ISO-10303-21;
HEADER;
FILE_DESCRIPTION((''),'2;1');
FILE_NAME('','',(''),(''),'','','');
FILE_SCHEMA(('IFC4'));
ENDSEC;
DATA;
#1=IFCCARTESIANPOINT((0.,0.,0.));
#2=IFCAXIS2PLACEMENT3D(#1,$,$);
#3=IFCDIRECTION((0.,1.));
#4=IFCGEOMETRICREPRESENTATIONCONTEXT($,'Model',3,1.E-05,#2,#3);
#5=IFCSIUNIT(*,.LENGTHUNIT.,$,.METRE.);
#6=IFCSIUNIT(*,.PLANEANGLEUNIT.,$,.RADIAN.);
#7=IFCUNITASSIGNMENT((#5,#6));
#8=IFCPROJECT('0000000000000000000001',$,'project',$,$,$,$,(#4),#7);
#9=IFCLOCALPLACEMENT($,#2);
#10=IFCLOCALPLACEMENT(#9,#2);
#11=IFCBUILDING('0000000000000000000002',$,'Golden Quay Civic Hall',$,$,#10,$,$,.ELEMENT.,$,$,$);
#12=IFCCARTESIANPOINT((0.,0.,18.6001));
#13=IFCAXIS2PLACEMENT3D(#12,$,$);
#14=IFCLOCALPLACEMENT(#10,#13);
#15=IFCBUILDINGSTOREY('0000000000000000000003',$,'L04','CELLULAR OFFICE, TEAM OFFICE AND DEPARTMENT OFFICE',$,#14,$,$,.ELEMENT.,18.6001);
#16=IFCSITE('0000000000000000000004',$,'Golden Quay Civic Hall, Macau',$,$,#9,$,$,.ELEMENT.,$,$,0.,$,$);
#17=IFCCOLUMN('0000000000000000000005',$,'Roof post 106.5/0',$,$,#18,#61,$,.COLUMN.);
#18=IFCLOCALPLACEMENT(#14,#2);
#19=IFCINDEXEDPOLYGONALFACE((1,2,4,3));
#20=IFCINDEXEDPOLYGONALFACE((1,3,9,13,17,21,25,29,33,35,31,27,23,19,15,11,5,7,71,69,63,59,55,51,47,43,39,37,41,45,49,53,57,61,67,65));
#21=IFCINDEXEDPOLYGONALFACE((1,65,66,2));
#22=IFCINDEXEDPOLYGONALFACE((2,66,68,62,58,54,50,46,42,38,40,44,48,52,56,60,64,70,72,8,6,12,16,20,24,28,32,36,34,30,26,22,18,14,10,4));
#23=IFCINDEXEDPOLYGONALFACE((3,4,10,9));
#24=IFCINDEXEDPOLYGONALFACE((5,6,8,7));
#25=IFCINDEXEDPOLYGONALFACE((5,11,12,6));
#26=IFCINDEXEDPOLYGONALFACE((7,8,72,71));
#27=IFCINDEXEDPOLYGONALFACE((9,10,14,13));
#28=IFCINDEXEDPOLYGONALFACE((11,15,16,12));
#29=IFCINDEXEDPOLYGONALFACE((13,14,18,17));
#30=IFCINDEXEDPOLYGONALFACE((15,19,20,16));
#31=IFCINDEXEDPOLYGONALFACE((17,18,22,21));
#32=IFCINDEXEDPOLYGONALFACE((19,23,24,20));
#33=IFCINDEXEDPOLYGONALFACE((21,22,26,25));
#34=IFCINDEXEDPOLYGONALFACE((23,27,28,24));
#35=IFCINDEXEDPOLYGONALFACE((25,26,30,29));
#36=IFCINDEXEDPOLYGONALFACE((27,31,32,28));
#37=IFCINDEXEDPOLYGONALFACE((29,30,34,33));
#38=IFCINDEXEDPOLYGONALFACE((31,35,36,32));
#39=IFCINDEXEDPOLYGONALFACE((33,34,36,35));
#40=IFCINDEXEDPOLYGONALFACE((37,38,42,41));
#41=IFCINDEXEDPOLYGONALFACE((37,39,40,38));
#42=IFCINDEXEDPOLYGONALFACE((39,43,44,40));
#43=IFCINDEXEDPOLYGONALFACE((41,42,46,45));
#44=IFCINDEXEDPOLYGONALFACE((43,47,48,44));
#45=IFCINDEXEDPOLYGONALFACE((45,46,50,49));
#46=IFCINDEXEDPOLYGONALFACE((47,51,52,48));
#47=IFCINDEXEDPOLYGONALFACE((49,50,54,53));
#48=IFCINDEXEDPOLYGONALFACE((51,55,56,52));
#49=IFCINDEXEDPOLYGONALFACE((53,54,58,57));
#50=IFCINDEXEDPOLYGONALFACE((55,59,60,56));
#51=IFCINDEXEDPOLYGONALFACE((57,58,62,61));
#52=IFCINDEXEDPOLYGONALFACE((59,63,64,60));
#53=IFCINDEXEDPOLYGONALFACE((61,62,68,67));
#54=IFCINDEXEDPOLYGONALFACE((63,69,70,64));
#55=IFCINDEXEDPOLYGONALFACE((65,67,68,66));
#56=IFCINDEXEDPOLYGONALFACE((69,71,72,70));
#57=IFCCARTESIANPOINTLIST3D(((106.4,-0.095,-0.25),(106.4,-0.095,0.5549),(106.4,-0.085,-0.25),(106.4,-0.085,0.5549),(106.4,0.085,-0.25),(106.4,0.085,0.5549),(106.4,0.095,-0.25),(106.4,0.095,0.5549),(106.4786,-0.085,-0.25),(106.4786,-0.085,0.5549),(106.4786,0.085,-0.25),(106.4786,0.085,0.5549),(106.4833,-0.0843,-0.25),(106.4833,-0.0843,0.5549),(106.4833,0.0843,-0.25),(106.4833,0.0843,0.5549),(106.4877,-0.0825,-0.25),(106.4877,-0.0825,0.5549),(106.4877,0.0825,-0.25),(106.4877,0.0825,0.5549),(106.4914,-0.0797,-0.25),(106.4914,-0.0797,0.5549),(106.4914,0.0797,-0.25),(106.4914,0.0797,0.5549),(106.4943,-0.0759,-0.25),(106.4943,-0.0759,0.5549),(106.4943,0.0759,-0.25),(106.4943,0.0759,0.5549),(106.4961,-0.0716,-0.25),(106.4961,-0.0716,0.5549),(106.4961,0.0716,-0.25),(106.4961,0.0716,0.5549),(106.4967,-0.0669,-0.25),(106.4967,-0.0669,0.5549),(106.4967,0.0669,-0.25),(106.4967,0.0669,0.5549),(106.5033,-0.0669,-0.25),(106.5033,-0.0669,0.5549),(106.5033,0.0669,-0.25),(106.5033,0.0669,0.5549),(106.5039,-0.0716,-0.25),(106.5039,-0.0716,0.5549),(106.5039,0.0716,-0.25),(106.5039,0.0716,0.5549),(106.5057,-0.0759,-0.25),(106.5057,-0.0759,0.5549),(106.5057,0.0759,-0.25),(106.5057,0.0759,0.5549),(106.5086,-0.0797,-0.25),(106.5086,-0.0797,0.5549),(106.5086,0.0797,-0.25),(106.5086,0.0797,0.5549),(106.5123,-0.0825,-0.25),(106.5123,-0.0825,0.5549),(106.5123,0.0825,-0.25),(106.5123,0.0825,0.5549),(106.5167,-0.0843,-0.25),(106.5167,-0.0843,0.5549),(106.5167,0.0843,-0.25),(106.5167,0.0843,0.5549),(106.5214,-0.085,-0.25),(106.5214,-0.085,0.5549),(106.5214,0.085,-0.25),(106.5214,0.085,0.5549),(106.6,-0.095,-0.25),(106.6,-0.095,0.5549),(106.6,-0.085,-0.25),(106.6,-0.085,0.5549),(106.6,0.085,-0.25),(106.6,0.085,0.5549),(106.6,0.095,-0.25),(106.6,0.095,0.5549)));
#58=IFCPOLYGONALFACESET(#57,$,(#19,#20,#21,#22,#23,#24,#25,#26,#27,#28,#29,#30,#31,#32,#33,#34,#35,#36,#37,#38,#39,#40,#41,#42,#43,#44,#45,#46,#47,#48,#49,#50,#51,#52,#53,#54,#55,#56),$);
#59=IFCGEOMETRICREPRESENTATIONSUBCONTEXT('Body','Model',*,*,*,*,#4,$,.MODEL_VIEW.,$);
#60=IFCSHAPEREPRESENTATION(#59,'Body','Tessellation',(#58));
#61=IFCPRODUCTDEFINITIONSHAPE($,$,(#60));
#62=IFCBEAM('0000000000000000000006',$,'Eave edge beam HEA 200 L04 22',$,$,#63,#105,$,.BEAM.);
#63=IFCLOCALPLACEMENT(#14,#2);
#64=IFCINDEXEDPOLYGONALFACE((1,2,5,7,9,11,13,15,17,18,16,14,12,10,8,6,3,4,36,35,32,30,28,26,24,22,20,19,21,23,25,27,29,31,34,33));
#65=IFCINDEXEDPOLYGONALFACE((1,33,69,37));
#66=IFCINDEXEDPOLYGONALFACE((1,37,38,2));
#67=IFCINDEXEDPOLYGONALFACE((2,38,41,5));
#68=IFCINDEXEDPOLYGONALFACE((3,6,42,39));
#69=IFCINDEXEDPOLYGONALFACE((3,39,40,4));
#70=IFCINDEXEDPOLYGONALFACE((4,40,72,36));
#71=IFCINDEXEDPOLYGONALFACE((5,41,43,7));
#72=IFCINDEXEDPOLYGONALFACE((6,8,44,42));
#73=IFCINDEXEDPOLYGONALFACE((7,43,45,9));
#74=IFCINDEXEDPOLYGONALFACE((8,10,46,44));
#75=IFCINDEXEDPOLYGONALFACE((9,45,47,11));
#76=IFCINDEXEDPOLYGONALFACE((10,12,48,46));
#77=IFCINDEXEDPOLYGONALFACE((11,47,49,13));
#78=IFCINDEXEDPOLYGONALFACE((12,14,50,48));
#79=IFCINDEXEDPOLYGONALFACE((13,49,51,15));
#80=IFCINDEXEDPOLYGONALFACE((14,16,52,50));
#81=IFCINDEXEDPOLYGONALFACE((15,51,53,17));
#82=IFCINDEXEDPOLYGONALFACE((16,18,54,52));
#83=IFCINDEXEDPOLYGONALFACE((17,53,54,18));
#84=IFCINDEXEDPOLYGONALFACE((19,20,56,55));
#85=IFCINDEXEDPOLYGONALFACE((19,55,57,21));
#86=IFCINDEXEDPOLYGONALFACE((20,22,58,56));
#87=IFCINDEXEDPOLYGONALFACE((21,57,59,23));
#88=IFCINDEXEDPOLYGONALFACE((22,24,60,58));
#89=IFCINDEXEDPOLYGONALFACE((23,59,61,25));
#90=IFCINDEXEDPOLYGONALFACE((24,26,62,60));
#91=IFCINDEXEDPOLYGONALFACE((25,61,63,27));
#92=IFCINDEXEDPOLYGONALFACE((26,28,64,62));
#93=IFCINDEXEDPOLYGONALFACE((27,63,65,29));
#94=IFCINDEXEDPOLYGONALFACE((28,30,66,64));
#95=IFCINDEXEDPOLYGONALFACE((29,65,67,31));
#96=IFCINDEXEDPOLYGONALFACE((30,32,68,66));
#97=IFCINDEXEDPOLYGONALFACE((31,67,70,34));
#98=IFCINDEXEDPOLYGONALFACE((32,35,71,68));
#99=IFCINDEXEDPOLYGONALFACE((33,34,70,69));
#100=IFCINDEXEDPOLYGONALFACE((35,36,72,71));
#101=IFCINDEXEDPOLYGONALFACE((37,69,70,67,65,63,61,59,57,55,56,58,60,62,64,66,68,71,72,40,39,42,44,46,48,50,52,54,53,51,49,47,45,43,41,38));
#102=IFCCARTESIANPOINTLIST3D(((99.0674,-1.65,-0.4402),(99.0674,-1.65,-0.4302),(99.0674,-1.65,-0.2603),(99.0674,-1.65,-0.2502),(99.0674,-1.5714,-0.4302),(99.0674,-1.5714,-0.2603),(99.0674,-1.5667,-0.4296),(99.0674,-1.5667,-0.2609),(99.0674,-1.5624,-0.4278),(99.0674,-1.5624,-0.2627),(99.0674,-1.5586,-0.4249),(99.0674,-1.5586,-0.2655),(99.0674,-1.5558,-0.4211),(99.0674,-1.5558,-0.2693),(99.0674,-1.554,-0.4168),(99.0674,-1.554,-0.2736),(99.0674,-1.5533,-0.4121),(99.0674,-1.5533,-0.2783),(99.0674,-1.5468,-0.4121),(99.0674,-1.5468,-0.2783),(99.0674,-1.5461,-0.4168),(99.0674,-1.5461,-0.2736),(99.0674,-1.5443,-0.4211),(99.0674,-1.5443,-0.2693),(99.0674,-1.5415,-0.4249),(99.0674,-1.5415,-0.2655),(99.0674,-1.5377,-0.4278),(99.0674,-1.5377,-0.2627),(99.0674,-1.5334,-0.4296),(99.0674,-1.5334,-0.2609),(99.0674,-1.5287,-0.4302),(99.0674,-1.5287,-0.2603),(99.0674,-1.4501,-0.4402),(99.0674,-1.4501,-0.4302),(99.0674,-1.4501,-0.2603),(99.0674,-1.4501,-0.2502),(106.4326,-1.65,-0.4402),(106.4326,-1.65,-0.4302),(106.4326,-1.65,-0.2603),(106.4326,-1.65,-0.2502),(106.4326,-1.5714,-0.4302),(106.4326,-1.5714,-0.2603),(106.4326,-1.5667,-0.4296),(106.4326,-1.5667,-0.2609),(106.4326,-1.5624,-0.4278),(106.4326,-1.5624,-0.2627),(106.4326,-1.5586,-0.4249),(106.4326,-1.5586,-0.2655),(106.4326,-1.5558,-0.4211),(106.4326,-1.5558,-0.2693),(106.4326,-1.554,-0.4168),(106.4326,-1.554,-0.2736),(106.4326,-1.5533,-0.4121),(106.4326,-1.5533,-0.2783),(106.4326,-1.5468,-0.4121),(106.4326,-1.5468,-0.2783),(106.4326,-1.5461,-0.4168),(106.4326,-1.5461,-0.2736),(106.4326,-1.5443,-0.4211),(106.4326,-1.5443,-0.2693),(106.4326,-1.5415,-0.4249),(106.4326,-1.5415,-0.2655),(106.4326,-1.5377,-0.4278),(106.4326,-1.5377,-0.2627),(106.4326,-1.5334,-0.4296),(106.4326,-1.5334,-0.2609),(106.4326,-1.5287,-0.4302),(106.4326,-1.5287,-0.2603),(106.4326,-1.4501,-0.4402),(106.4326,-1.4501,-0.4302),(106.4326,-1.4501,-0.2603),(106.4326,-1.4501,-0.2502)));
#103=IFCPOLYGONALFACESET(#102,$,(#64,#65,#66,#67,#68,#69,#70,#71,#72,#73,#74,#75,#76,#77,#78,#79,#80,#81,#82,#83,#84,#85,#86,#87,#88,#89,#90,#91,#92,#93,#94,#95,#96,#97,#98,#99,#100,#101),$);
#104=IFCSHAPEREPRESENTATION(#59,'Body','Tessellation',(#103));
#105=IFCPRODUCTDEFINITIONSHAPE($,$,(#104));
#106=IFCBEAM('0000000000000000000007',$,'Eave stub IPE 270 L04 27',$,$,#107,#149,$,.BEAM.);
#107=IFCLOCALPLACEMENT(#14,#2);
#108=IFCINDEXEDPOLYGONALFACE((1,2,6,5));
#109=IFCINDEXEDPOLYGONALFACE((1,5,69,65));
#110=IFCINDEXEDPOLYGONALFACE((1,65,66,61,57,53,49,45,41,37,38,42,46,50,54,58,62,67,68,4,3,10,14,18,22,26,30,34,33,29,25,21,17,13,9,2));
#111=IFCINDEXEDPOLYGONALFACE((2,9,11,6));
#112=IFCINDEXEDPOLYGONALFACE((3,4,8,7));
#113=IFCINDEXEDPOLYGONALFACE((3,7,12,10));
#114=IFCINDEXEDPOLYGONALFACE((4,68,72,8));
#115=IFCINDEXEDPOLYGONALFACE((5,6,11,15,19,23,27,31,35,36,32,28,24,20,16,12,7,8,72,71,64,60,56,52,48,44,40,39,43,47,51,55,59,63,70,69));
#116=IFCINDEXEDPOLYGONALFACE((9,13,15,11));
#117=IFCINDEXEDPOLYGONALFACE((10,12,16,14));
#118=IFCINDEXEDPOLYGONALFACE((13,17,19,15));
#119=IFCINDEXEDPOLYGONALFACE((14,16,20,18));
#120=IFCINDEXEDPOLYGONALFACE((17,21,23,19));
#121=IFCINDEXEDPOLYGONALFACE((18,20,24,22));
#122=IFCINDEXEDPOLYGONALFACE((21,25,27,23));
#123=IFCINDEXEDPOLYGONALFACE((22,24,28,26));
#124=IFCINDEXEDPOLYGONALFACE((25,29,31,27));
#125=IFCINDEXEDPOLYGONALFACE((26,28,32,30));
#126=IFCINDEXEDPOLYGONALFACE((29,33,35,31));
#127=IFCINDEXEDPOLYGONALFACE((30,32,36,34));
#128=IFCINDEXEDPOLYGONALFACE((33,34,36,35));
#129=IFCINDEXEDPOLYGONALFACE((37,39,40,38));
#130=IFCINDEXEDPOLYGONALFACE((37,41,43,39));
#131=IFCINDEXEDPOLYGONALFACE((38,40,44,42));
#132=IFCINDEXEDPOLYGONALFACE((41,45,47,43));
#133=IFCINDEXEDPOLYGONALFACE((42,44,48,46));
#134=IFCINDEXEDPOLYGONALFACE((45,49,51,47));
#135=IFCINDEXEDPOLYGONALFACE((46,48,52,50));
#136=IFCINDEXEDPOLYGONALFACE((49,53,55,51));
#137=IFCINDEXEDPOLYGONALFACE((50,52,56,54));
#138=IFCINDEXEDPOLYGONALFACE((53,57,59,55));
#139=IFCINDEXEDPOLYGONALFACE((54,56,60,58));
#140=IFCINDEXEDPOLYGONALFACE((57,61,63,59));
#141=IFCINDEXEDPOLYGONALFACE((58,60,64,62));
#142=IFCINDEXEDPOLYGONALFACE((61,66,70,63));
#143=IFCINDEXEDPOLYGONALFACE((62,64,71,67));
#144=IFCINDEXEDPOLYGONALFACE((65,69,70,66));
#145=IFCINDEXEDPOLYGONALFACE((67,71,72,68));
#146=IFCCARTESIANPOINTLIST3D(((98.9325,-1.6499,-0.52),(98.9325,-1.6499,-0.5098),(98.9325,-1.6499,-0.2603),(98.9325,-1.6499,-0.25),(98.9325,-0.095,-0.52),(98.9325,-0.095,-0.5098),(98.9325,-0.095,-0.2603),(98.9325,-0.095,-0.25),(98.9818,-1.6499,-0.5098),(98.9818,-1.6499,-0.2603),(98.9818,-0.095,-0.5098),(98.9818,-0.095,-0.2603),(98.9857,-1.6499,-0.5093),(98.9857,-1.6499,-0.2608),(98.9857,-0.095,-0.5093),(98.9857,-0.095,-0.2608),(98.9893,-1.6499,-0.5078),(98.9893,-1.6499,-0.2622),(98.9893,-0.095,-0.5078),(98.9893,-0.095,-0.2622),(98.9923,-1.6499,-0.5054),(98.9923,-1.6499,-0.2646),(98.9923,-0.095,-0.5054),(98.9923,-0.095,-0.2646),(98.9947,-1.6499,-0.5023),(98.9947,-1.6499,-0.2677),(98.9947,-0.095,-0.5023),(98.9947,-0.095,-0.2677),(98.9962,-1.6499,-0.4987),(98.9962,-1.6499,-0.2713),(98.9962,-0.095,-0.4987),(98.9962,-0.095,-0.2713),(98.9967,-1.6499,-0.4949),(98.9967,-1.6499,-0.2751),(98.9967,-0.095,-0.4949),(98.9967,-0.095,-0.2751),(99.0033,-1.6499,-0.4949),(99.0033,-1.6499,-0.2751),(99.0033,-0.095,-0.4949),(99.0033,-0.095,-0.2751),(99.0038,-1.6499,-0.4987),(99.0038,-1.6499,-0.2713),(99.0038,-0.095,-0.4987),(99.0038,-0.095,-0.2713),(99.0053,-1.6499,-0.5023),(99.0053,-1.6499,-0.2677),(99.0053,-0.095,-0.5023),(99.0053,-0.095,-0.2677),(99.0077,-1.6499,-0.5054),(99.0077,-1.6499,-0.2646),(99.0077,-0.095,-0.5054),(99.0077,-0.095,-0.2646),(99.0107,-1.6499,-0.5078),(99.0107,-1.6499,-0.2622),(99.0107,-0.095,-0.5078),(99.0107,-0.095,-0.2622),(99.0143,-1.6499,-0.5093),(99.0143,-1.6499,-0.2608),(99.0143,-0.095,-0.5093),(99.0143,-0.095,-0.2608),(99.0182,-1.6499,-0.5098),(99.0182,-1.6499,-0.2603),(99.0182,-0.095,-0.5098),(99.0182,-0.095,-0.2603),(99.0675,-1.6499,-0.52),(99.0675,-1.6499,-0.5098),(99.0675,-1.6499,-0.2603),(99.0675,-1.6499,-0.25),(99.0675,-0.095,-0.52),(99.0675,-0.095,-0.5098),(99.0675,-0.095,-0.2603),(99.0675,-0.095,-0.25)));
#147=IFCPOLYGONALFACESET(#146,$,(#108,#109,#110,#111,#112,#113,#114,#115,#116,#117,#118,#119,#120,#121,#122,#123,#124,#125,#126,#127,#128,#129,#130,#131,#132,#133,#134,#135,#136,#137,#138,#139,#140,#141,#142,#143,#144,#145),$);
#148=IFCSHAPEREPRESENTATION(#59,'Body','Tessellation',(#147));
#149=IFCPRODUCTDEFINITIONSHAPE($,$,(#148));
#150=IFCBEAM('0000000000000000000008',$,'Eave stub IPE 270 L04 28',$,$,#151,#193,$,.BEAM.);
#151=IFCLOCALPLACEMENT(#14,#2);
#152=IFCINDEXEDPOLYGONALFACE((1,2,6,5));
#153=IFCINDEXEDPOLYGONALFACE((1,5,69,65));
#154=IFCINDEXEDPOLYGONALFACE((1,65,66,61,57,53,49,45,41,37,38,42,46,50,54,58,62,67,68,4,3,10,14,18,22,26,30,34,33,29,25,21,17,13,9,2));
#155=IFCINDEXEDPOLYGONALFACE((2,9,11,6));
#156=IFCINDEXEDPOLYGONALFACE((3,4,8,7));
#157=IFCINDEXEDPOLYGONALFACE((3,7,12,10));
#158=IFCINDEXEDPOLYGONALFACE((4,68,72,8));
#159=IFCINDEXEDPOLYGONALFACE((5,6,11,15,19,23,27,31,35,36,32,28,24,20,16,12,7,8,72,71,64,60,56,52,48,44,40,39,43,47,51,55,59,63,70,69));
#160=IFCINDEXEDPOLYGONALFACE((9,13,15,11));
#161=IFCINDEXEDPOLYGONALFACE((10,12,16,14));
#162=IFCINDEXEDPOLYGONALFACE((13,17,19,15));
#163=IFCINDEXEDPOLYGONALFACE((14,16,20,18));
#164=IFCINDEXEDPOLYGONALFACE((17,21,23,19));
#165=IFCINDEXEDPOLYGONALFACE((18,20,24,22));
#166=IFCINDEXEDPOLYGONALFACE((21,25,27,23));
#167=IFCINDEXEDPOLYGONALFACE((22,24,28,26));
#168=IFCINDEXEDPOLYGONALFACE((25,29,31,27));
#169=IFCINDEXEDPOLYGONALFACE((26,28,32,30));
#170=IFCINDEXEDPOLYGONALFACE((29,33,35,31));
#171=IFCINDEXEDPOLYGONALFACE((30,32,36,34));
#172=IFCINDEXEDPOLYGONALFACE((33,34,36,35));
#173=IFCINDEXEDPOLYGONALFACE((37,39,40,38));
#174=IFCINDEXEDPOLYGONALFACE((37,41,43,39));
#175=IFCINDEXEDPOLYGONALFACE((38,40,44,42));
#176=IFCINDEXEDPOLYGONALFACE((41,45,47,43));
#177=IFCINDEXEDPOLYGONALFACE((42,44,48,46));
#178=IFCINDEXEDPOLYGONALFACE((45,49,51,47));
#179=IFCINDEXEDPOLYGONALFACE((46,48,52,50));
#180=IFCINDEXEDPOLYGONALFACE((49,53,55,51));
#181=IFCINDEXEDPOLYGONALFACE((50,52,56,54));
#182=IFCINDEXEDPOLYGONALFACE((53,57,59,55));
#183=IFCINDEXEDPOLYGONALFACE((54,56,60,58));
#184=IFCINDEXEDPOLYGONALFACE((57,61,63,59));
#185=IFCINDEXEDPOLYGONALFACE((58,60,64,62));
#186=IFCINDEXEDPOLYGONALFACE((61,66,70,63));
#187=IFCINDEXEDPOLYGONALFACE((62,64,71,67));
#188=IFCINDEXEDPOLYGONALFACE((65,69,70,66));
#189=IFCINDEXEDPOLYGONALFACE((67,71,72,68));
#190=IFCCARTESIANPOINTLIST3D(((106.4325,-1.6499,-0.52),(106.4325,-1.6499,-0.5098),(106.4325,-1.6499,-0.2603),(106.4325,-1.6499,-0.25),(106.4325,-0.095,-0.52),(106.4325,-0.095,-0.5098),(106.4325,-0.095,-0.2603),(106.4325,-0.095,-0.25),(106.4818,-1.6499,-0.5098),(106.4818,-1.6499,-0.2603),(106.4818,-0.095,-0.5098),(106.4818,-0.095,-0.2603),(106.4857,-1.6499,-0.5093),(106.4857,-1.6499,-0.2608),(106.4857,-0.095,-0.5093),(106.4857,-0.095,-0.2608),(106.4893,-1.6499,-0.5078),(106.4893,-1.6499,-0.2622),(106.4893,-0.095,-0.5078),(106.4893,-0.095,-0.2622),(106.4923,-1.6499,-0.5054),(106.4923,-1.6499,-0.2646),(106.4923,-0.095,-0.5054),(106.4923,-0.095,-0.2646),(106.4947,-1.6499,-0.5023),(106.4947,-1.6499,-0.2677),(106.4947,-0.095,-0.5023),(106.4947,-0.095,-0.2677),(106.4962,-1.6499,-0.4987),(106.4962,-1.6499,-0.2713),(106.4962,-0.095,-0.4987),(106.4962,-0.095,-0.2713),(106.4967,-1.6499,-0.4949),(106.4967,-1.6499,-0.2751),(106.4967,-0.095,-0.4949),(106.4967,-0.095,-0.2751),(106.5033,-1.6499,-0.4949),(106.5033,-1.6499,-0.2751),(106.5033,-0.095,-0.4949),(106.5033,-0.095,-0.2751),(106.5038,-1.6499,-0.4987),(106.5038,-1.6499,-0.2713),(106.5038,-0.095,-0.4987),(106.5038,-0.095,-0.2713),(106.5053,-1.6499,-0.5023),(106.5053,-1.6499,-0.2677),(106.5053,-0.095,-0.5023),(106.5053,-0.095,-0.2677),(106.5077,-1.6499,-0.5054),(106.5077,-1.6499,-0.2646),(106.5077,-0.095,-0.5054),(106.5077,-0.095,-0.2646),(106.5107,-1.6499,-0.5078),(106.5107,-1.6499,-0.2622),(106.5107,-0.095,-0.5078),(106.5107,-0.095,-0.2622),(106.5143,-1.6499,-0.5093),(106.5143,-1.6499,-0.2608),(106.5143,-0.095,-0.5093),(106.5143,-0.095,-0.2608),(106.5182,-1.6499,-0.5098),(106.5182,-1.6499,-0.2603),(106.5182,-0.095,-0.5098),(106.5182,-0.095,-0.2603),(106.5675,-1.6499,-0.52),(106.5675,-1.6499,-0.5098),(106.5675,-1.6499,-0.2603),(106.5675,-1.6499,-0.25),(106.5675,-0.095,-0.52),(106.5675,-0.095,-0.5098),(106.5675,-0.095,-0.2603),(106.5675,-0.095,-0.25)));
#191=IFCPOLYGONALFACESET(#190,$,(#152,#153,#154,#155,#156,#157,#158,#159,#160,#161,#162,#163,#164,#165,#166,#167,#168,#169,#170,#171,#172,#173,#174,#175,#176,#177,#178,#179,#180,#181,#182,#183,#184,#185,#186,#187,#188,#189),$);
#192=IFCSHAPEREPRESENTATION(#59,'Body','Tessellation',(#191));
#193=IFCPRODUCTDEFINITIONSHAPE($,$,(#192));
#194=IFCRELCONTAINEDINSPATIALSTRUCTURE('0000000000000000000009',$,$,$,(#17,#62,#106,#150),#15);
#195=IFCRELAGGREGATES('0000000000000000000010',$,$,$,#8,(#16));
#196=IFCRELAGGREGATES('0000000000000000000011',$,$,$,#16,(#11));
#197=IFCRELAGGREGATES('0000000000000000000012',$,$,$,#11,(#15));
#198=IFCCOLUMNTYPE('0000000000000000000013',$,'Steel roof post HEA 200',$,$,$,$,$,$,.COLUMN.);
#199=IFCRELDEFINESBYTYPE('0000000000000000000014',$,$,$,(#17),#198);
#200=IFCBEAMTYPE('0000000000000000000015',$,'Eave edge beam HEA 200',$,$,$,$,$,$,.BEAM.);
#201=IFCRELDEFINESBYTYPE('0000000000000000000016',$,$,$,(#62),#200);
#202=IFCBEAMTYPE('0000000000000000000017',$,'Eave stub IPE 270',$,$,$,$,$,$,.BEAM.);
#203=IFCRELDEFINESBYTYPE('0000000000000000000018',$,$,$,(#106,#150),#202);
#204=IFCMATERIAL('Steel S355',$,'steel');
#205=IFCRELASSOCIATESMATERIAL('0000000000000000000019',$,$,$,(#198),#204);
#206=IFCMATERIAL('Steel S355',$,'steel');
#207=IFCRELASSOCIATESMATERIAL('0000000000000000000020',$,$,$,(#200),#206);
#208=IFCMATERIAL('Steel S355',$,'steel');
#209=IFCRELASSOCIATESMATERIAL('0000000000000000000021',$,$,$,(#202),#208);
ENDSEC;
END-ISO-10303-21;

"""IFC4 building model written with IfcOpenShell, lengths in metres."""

from ifc_helpers import new_model, si_unit, direction, frame, origin, origin_2d, place, context, subcontext, project, spatial, i_section, extrude, material, material_profile, profile_set, type_object, element, save


model = new_model("IFC4")

# Units and contexts
model_context = context("Model", 3, precision=1e-05, world=origin(), true_north=direction((0.0, 1.0)))
body_context = subcontext(model_context, "Body", "Model", "MODEL_VIEW")
ifc_project = project(units=[si_unit("LENGTHUNIT", "METRE"), si_unit("PLANEANGLEUNIT", "RADIAN")], contexts=[model_context])

# Site, building, storey
site_placement = place(None, origin())
site = spatial("IfcSite", under=ifc_project, at=site_placement, Name="Golden Quay Civic Hall, Macau", CompositionType="ELEMENT", RefElevation=0.0)
building_placement = place(site_placement, origin())
building = spatial("IfcBuilding", under=site, at=building_placement, Name="Golden Quay Civic Hall", CompositionType="ELEMENT")
storey_placement = place(building_placement, frame((0.0, 0.0, 18.6001)))
storey = spatial("IfcBuildingStorey", under=building, at=storey_placement, Name="L04", Description="CELLULAR OFFICE, TEAM OFFICE AND DEPARTMENT OFFICE", CompositionType="ELEMENT", Elevation=18.6001)

# Column
ifc_material_1 = material(Name="Steel S355", Category="steel")
ifc_material_profile_1 = material_profile(ifc_material_1, i_section(OverallWidth=0.2, OverallDepth=0.1899, WebThickness=0.0066, FlangeThickness=0.01, FilletRadius=0.0181, at=origin_2d()), Name="HEA 200")
ifc_profile_set_1 = profile_set([ifc_material_profile_1], Name="Steel S355")
column_type = type_object("IfcColumnType", Name="Steel roof post HEA 200", PredefinedType="COLUMN", material=ifc_profile_set_1)
column_placement = place(storey_placement, frame((106.5, 0.0, -0.25), z_axis=(0.0, 0.0, 1.0), x_axis=(1.0, 0.0, 0.0)))
element("IfcColumn", 1, at=column_placement, inside=storey, type_object=column_type, Name="Roof post 106.5/0", PredefinedType="COLUMN", context=body_context, shape_type="SweptSolid", body=[
    extrude(i_section(OverallWidth=0.2, OverallDepth=0.1899, WebThickness=0.0066, FlangeThickness=0.01, FilletRadius=0.0181, at=origin_2d()), origin(), (0.0, 0.0, 1.0), 0.8049),
])

# Beams
ifc_material_2 = material(Name="Steel S355", Category="steel")
ifc_material_profile_2 = material_profile(ifc_material_2, i_section(OverallWidth=0.2, OverallDepth=0.1899, WebThickness=0.0066, FlangeThickness=0.01, FilletRadius=0.0181, at=origin_2d()), Name="HEA 200")
ifc_profile_set_2 = profile_set([ifc_material_profile_2], Name="Steel S355")
beam_type_1 = type_object("IfcBeamType", Name="Eave edge beam HEA 200", PredefinedType="BEAM", material=ifc_profile_set_2)
beam_1_placement = place(storey_placement, frame((99.0674, -1.55, -0.3452), z_axis=(1.0, 0.0, 0.0), x_axis=(0.0, 1.0, 0.0)))
element("IfcBeam", 2, at=beam_1_placement, inside=storey, type_object=beam_type_1, Name="Eave edge beam HEA 200 L04 22", PredefinedType="BEAM", context=body_context, shape_type="SweptSolid", body=[
    extrude(i_section(OverallWidth=0.2, OverallDepth=0.1899, WebThickness=0.0066, FlangeThickness=0.01, FilletRadius=0.0181, at=origin_2d()), origin(), (0.0, 0.0, 1.0), 7.3652),
])
ifc_material_3 = material(Name="Steel S355", Category="steel")
ifc_material_profile_3 = material_profile(ifc_material_3, i_section(OverallWidth=0.135, OverallDepth=0.27, WebThickness=0.0066, FlangeThickness=0.0103, FilletRadius=0.0149, at=origin_2d()), Name="IPE 270")
ifc_profile_set_3 = profile_set([ifc_material_profile_3], Name="Steel S355")
beam_type_2 = type_object("IfcBeamType", Name="Eave stub IPE 270", PredefinedType="BEAM", material=ifc_profile_set_3)
for number, where, z_axis, x_axis, name in (
    (3, (99.0, -0.095, -0.385), (0.0, -1.0, 0.0), (1.0, 0.0, 0.0), "Eave stub IPE 270 L04 27"),
    (4, (106.5, -0.095, -0.385), (0.0, -1.0, 0.0), (1.0, 0.0, 0.0), "Eave stub IPE 270 L04 28"),
):
    element("IfcBeam", number, at=place(storey_placement, frame(where, z_axis=z_axis, x_axis=x_axis)), inside=storey, type_object=beam_type_2, Name=name, PredefinedType="BEAM", context=body_context, shape_type="SweptSolid", body=[
        extrude(i_section(OverallWidth=0.135, OverallDepth=0.27, WebThickness=0.0066, FlangeThickness=0.0103, FilletRadius=0.0149, at=origin_2d()), origin(), (0.0, 0.0, 1.0), 1.5549),
    ])

save(model, "model.ifc")
